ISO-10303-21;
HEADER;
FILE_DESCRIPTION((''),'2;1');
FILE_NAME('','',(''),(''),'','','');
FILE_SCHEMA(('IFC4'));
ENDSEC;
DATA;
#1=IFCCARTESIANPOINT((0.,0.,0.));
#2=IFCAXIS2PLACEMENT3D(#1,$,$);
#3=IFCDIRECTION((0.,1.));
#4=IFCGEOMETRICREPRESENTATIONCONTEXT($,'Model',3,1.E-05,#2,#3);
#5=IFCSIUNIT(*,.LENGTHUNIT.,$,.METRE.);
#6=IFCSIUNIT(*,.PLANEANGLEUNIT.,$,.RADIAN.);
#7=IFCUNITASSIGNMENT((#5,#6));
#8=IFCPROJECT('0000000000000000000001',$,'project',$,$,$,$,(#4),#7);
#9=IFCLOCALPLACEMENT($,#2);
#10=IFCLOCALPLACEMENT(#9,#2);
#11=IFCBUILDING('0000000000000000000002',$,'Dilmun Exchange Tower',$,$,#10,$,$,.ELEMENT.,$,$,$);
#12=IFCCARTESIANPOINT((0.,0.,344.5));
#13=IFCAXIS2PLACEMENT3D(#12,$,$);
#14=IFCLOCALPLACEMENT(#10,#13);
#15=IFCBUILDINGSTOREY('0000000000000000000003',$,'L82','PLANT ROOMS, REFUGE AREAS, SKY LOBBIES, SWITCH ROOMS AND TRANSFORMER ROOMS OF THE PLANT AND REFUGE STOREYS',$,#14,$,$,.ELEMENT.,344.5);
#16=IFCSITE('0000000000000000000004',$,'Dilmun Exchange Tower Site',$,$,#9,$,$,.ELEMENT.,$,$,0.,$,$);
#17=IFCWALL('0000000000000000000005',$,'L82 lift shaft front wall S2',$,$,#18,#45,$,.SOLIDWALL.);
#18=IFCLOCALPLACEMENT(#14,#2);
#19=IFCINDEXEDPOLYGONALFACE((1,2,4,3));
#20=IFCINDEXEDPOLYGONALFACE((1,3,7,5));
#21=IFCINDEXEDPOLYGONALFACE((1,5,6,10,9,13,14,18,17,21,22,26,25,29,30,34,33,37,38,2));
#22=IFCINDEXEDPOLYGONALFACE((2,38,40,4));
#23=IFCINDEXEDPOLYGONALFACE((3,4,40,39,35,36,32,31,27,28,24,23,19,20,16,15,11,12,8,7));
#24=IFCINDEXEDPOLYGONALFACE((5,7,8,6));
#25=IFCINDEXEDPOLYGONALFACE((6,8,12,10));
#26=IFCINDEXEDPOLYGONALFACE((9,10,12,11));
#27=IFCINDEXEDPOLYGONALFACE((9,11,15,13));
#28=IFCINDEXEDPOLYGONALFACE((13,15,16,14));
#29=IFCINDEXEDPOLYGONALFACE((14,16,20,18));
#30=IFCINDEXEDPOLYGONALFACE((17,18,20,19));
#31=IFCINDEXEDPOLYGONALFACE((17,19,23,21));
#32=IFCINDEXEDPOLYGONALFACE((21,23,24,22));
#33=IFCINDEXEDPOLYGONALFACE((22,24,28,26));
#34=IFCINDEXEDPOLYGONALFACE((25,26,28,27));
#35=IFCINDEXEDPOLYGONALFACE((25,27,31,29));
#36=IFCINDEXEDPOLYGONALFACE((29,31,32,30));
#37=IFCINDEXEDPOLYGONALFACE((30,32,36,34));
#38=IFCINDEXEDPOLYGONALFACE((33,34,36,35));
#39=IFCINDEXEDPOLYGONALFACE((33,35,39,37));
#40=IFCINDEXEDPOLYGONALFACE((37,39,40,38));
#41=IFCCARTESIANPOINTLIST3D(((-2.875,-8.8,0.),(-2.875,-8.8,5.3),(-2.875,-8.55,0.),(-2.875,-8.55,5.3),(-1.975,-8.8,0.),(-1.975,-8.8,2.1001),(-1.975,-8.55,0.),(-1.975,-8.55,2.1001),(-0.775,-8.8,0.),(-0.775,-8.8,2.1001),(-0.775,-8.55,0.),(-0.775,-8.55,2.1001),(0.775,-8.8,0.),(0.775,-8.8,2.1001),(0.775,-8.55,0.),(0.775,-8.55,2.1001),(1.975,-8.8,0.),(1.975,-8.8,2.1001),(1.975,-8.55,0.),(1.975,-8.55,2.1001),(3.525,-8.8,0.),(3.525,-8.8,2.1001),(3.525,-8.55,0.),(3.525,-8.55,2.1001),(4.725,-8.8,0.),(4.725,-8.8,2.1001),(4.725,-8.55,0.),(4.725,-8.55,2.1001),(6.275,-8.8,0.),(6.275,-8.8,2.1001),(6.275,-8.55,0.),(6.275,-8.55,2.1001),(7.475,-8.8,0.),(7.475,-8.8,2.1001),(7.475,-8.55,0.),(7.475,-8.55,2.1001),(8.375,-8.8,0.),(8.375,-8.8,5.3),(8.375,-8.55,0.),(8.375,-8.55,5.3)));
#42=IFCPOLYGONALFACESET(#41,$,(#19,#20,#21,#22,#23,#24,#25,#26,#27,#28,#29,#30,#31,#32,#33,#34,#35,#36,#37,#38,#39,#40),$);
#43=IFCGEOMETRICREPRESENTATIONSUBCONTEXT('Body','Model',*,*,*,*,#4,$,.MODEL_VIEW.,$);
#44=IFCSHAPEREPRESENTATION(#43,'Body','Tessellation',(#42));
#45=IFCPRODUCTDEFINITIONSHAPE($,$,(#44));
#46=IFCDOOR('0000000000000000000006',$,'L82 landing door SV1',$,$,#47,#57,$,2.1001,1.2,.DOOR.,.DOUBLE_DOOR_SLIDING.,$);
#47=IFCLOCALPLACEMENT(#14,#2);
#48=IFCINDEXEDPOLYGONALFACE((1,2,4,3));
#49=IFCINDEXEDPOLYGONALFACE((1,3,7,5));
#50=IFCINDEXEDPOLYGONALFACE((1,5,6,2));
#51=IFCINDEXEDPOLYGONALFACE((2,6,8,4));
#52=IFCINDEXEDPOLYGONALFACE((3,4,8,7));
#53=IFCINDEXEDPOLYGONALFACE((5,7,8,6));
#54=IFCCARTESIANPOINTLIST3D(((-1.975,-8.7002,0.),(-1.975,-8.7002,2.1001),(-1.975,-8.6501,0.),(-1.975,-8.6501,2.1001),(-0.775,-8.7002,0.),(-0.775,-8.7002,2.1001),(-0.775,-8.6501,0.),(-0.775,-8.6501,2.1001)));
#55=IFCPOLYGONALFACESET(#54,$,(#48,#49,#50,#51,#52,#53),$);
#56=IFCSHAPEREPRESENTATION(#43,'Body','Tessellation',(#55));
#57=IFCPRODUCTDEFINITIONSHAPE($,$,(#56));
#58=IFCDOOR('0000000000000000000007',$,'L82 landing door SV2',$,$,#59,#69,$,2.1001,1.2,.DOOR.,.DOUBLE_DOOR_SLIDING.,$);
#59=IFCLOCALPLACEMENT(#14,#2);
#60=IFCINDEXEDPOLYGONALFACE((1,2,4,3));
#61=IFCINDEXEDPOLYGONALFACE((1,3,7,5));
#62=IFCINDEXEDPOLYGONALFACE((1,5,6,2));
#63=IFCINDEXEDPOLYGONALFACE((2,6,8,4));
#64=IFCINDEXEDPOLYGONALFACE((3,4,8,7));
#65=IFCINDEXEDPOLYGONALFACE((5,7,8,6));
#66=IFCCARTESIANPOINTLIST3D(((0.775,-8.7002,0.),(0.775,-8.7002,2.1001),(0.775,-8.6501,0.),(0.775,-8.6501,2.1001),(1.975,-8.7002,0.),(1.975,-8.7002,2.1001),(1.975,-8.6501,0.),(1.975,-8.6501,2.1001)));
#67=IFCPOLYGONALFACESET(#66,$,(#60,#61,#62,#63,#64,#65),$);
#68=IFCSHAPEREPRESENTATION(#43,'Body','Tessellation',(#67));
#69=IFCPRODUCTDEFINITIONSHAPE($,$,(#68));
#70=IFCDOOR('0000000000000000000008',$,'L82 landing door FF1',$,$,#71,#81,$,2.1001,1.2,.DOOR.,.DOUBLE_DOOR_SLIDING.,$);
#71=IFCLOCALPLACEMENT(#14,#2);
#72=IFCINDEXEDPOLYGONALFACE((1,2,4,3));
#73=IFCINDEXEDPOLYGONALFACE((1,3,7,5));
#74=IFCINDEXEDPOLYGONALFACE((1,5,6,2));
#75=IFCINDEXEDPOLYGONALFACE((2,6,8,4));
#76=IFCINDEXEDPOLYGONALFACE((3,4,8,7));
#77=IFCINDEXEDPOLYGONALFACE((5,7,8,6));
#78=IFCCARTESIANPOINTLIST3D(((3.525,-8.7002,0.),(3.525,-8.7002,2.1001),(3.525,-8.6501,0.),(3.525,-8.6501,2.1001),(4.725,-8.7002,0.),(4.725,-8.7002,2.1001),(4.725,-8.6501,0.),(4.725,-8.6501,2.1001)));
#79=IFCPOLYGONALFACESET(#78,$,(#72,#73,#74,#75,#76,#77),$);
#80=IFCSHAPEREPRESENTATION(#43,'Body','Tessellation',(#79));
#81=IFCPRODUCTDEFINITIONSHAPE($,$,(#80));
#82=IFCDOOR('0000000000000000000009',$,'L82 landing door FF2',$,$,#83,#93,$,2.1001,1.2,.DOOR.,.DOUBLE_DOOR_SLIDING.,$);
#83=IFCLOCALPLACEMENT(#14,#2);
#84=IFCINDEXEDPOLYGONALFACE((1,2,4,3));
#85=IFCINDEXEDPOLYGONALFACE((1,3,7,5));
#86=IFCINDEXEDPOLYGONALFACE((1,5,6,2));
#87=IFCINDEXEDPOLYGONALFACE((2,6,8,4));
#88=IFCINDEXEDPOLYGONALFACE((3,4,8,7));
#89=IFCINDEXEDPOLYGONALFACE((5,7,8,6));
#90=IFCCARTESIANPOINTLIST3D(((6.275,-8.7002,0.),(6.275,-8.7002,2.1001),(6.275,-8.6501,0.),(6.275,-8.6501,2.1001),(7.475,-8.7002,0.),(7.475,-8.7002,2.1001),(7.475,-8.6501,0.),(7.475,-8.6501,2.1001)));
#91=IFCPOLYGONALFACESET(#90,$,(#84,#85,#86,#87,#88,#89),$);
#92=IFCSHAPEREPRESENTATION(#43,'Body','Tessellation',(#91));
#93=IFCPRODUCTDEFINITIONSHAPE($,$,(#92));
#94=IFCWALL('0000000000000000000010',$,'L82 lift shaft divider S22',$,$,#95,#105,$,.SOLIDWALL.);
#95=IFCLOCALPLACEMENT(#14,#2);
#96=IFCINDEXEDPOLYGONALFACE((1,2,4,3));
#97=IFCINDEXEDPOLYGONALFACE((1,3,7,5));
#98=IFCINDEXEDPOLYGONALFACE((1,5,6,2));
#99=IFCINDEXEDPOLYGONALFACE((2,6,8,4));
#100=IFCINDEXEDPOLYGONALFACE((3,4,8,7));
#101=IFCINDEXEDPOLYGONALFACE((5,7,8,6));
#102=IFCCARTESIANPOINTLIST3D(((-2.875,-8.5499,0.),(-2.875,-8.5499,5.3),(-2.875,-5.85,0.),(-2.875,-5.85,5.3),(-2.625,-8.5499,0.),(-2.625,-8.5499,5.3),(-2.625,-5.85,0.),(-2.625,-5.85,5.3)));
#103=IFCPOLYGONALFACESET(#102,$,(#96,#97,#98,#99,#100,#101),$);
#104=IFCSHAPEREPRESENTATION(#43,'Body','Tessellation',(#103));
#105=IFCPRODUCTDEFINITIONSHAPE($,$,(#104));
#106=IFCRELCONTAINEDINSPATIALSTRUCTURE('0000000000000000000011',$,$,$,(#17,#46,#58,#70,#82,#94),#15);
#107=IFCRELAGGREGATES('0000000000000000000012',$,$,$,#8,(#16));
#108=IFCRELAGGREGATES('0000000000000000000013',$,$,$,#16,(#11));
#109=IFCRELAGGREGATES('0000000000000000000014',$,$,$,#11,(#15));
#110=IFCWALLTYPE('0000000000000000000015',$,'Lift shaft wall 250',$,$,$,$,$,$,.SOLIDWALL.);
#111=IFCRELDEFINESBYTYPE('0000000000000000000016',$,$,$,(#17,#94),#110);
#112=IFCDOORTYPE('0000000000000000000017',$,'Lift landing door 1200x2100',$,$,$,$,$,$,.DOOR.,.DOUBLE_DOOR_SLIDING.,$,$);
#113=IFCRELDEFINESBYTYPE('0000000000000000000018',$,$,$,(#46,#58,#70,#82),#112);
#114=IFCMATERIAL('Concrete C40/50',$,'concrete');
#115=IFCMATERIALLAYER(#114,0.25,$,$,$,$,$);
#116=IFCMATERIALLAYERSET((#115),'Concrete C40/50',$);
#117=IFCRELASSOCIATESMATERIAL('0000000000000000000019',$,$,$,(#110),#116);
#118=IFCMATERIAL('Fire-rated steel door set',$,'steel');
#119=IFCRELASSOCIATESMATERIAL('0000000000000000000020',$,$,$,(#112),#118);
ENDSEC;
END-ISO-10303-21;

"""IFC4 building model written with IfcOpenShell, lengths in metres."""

from ifc_helpers import new_model, si_unit, direction, frame, frame_2d, origin, place, context, subcontext, project, spatial, rectangle, extrude, material, layer, layer_set, type_object, element, fill, save


model = new_model("IFC4")

# Units and contexts
model_context = context("Model", 3, precision=1e-05, world=origin(), true_north=direction((0.0, 1.0)))
body_context = subcontext(model_context, "Body", "Model", "MODEL_VIEW")
ifc_project = project(units=[si_unit("LENGTHUNIT", "METRE"), si_unit("PLANEANGLEUNIT", "RADIAN")], contexts=[model_context])

# Site, building, storey
site_placement = place(None, origin())
site = spatial("IfcSite", under=ifc_project, at=site_placement, Name="Dilmun Exchange Tower Site", CompositionType="ELEMENT", RefElevation=0.0)
building_placement = place(site_placement, origin())
building = spatial("IfcBuilding", under=site, at=building_placement, Name="Dilmun Exchange Tower", CompositionType="ELEMENT")
storey_placement = place(building_placement, frame((0.0, 0.0, 344.5)))
storey = spatial("IfcBuildingStorey", under=building, at=storey_placement, Name="L82", Description="PLANT ROOMS, REFUGE AREAS, SKY LOBBIES, SWITCH ROOMS AND TRANSFORMER ROOMS OF THE PLANT AND REFUGE STOREYS", CompositionType="ELEMENT", Elevation=344.5)

# Shared definitions
ifc_material_1 = material(Name="Concrete C40/50", Category="concrete")
ifc_material_2 = material(Name="Fire-rated steel door set", Category="steel")

# Wall, openings, doors
ifc_layer_1 = layer(ifc_material_1, 0.25)
ifc_layer_set_1 = layer_set([ifc_layer_1], Name="Concrete C40/50")
wall_type_1 = type_object("IfcWallType", Name="Lift shaft wall 250", PredefinedType="SOLIDWALL", material=ifc_layer_set_1)
wall_1_placement = place(storey_placement, frame((-2.875, -8.675, 0.0), z_axis=(0.0, 0.0, 1.0), x_axis=(1.0, 0.0, 0.0)))
wall_1 = element("IfcWall", 1, at=wall_1_placement, inside=storey, type_object=wall_type_1, Name="L82 lift shaft front wall S2", PredefinedType="SOLIDWALL", context=body_context, shape_type="SweptSolid", body=[
    extrude(rectangle(XDim=11.25, YDim=0.25, at=frame_2d((5.625, 0.0))), origin(), (0.0, 0.0, 1.0), 5.3),
])
opening_1_placement = place(wall_1_placement, frame((0.8999, 0.0, 0.0)))
opening_1 = element("IfcOpeningElement", 2, at=opening_1_placement, cuts=wall_1, PredefinedType="OPENING", context=body_context, shape_type="SweptSolid", body=[
    extrude(rectangle(XDim=1.2, YDim=2.1001, at=frame_2d((0.6001, 1.05))), frame((0.0, 0.135, 0.0), z_axis=(0.0, -1.0, 0.0), x_axis=(1.0, 0.0, 0.0)), (0.0, 0.0, 1.0), 0.27),
])
opening_2_placement = place(wall_1_placement, frame((3.6499, 0.0, 0.0)))
opening_2 = element("IfcOpeningElement", 3, at=opening_2_placement, cuts=wall_1, PredefinedType="OPENING", context=body_context, shape_type="SweptSolid", body=[
    extrude(rectangle(XDim=1.2, YDim=2.1001, at=frame_2d((0.6001, 1.05))), frame((0.0, 0.135, 0.0), z_axis=(0.0, -1.0, 0.0), x_axis=(1.0, 0.0, 0.0)), (0.0, 0.0, 1.0), 0.27),
])
opening_3_placement = place(wall_1_placement, frame((6.3999, 0.0, 0.0)))
opening_3 = element("IfcOpeningElement", 4, at=opening_3_placement, cuts=wall_1, PredefinedType="OPENING", context=body_context, shape_type="SweptSolid", body=[
    extrude(rectangle(XDim=1.2, YDim=2.1001, at=frame_2d((0.6001, 1.05))), frame((0.0, 0.135, 0.0), z_axis=(0.0, -1.0, 0.0), x_axis=(1.0, 0.0, 0.0)), (0.0, 0.0, 1.0), 0.27),
])
opening_4_placement = place(wall_1_placement, frame((9.1499, 0.0, 0.0)))
opening_4 = element("IfcOpeningElement", 5, at=opening_4_placement, cuts=wall_1, PredefinedType="OPENING", context=body_context, shape_type="SweptSolid", body=[
    extrude(rectangle(XDim=1.2, YDim=2.1001, at=frame_2d((0.6001, 1.05))), frame((0.0, 0.135, 0.0), z_axis=(0.0, -1.0, 0.0), x_axis=(1.0, 0.0, 0.0)), (0.0, 0.0, 1.0), 0.27),
])
door_type_1 = type_object("IfcDoorType", Name="Lift landing door 1200x2100", OperationType="DOUBLE_DOOR_SLIDING", PredefinedType="DOOR", material=ifc_material_2)
door_1_placement = place(opening_1_placement, origin())
door_1 = element("IfcDoor", 6, at=door_1_placement, inside=storey, type_object=door_type_1, Name="L82 landing door SV1", OperationType="DOUBLE_DOOR_SLIDING", OverallHeight=2.1001, OverallWidth=1.2, PredefinedType="DOOR", context=body_context, shape_type="SweptSolid", body=[
    extrude(rectangle(XDim=1.2, YDim=2.1001, at=frame_2d((0.6001, 1.05))), frame((0.0, 0.0249, 0.0), z_axis=(0.0, -1.0, 0.0), x_axis=(1.0, 0.0, 0.0)), (0.0, 0.0, 1.0), 0.05),
])
fill(opening_1, door_1)
door_2_placement = place(opening_2_placement, origin())
door_2 = element("IfcDoor", 7, at=door_2_placement, inside=storey, type_object=door_type_1, Name="L82 landing door SV2", OperationType="DOUBLE_DOOR_SLIDING", OverallHeight=2.1001, OverallWidth=1.2, PredefinedType="DOOR", context=body_context, shape_type="SweptSolid", body=[
    extrude(rectangle(XDim=1.2, YDim=2.1001, at=frame_2d((0.6001, 1.05))), frame((0.0, 0.0249, 0.0), z_axis=(0.0, -1.0, 0.0), x_axis=(1.0, 0.0, 0.0)), (0.0, 0.0, 1.0), 0.05),
])
fill(opening_2, door_2)
door_3_placement = place(opening_3_placement, origin())
door_3 = element("IfcDoor", 8, at=door_3_placement, inside=storey, type_object=door_type_1, Name="L82 landing door FF1", OperationType="DOUBLE_DOOR_SLIDING", OverallHeight=2.1001, OverallWidth=1.2, PredefinedType="DOOR", context=body_context, shape_type="SweptSolid", body=[
    extrude(rectangle(XDim=1.2, YDim=2.1001, at=frame_2d((0.6001, 1.05))), frame((0.0, 0.0249, 0.0), z_axis=(0.0, -1.0, 0.0), x_axis=(1.0, 0.0, 0.0)), (0.0, 0.0, 1.0), 0.05),
])
fill(opening_3, door_3)
door_4_placement = place(opening_4_placement, origin())
door_4 = element("IfcDoor", 9, at=door_4_placement, inside=storey, type_object=door_type_1, Name="L82 landing door FF2", OperationType="DOUBLE_DOOR_SLIDING", OverallHeight=2.1001, OverallWidth=1.2, PredefinedType="DOOR", context=body_context, shape_type="SweptSolid", body=[
    extrude(rectangle(XDim=1.2, YDim=2.1001, at=frame_2d((0.6001, 1.05))), frame((0.0, 0.0249, 0.0), z_axis=(0.0, -1.0, 0.0), x_axis=(1.0, 0.0, 0.0)), (0.0, 0.0, 1.0), 0.05),
])
fill(opening_4, door_4)

# Wall
wall_2_placement = place(storey_placement, frame((-2.75, -8.55, 0.0), z_axis=(0.0, 0.0, 1.0), x_axis=(0.0, 1.0, 0.0)))
element("IfcWall", 10, at=wall_2_placement, inside=storey, type_object=wall_type_1, Name="L82 lift shaft divider S22", PredefinedType="SOLIDWALL", context=body_context, shape_type="SweptSolid", body=[
    extrude(rectangle(XDim=2.7, YDim=0.25, at=frame_2d((1.3501, 0.0))), origin(), (0.0, 0.0, 1.0), 5.3),
])

save(model, "model.ifc")
